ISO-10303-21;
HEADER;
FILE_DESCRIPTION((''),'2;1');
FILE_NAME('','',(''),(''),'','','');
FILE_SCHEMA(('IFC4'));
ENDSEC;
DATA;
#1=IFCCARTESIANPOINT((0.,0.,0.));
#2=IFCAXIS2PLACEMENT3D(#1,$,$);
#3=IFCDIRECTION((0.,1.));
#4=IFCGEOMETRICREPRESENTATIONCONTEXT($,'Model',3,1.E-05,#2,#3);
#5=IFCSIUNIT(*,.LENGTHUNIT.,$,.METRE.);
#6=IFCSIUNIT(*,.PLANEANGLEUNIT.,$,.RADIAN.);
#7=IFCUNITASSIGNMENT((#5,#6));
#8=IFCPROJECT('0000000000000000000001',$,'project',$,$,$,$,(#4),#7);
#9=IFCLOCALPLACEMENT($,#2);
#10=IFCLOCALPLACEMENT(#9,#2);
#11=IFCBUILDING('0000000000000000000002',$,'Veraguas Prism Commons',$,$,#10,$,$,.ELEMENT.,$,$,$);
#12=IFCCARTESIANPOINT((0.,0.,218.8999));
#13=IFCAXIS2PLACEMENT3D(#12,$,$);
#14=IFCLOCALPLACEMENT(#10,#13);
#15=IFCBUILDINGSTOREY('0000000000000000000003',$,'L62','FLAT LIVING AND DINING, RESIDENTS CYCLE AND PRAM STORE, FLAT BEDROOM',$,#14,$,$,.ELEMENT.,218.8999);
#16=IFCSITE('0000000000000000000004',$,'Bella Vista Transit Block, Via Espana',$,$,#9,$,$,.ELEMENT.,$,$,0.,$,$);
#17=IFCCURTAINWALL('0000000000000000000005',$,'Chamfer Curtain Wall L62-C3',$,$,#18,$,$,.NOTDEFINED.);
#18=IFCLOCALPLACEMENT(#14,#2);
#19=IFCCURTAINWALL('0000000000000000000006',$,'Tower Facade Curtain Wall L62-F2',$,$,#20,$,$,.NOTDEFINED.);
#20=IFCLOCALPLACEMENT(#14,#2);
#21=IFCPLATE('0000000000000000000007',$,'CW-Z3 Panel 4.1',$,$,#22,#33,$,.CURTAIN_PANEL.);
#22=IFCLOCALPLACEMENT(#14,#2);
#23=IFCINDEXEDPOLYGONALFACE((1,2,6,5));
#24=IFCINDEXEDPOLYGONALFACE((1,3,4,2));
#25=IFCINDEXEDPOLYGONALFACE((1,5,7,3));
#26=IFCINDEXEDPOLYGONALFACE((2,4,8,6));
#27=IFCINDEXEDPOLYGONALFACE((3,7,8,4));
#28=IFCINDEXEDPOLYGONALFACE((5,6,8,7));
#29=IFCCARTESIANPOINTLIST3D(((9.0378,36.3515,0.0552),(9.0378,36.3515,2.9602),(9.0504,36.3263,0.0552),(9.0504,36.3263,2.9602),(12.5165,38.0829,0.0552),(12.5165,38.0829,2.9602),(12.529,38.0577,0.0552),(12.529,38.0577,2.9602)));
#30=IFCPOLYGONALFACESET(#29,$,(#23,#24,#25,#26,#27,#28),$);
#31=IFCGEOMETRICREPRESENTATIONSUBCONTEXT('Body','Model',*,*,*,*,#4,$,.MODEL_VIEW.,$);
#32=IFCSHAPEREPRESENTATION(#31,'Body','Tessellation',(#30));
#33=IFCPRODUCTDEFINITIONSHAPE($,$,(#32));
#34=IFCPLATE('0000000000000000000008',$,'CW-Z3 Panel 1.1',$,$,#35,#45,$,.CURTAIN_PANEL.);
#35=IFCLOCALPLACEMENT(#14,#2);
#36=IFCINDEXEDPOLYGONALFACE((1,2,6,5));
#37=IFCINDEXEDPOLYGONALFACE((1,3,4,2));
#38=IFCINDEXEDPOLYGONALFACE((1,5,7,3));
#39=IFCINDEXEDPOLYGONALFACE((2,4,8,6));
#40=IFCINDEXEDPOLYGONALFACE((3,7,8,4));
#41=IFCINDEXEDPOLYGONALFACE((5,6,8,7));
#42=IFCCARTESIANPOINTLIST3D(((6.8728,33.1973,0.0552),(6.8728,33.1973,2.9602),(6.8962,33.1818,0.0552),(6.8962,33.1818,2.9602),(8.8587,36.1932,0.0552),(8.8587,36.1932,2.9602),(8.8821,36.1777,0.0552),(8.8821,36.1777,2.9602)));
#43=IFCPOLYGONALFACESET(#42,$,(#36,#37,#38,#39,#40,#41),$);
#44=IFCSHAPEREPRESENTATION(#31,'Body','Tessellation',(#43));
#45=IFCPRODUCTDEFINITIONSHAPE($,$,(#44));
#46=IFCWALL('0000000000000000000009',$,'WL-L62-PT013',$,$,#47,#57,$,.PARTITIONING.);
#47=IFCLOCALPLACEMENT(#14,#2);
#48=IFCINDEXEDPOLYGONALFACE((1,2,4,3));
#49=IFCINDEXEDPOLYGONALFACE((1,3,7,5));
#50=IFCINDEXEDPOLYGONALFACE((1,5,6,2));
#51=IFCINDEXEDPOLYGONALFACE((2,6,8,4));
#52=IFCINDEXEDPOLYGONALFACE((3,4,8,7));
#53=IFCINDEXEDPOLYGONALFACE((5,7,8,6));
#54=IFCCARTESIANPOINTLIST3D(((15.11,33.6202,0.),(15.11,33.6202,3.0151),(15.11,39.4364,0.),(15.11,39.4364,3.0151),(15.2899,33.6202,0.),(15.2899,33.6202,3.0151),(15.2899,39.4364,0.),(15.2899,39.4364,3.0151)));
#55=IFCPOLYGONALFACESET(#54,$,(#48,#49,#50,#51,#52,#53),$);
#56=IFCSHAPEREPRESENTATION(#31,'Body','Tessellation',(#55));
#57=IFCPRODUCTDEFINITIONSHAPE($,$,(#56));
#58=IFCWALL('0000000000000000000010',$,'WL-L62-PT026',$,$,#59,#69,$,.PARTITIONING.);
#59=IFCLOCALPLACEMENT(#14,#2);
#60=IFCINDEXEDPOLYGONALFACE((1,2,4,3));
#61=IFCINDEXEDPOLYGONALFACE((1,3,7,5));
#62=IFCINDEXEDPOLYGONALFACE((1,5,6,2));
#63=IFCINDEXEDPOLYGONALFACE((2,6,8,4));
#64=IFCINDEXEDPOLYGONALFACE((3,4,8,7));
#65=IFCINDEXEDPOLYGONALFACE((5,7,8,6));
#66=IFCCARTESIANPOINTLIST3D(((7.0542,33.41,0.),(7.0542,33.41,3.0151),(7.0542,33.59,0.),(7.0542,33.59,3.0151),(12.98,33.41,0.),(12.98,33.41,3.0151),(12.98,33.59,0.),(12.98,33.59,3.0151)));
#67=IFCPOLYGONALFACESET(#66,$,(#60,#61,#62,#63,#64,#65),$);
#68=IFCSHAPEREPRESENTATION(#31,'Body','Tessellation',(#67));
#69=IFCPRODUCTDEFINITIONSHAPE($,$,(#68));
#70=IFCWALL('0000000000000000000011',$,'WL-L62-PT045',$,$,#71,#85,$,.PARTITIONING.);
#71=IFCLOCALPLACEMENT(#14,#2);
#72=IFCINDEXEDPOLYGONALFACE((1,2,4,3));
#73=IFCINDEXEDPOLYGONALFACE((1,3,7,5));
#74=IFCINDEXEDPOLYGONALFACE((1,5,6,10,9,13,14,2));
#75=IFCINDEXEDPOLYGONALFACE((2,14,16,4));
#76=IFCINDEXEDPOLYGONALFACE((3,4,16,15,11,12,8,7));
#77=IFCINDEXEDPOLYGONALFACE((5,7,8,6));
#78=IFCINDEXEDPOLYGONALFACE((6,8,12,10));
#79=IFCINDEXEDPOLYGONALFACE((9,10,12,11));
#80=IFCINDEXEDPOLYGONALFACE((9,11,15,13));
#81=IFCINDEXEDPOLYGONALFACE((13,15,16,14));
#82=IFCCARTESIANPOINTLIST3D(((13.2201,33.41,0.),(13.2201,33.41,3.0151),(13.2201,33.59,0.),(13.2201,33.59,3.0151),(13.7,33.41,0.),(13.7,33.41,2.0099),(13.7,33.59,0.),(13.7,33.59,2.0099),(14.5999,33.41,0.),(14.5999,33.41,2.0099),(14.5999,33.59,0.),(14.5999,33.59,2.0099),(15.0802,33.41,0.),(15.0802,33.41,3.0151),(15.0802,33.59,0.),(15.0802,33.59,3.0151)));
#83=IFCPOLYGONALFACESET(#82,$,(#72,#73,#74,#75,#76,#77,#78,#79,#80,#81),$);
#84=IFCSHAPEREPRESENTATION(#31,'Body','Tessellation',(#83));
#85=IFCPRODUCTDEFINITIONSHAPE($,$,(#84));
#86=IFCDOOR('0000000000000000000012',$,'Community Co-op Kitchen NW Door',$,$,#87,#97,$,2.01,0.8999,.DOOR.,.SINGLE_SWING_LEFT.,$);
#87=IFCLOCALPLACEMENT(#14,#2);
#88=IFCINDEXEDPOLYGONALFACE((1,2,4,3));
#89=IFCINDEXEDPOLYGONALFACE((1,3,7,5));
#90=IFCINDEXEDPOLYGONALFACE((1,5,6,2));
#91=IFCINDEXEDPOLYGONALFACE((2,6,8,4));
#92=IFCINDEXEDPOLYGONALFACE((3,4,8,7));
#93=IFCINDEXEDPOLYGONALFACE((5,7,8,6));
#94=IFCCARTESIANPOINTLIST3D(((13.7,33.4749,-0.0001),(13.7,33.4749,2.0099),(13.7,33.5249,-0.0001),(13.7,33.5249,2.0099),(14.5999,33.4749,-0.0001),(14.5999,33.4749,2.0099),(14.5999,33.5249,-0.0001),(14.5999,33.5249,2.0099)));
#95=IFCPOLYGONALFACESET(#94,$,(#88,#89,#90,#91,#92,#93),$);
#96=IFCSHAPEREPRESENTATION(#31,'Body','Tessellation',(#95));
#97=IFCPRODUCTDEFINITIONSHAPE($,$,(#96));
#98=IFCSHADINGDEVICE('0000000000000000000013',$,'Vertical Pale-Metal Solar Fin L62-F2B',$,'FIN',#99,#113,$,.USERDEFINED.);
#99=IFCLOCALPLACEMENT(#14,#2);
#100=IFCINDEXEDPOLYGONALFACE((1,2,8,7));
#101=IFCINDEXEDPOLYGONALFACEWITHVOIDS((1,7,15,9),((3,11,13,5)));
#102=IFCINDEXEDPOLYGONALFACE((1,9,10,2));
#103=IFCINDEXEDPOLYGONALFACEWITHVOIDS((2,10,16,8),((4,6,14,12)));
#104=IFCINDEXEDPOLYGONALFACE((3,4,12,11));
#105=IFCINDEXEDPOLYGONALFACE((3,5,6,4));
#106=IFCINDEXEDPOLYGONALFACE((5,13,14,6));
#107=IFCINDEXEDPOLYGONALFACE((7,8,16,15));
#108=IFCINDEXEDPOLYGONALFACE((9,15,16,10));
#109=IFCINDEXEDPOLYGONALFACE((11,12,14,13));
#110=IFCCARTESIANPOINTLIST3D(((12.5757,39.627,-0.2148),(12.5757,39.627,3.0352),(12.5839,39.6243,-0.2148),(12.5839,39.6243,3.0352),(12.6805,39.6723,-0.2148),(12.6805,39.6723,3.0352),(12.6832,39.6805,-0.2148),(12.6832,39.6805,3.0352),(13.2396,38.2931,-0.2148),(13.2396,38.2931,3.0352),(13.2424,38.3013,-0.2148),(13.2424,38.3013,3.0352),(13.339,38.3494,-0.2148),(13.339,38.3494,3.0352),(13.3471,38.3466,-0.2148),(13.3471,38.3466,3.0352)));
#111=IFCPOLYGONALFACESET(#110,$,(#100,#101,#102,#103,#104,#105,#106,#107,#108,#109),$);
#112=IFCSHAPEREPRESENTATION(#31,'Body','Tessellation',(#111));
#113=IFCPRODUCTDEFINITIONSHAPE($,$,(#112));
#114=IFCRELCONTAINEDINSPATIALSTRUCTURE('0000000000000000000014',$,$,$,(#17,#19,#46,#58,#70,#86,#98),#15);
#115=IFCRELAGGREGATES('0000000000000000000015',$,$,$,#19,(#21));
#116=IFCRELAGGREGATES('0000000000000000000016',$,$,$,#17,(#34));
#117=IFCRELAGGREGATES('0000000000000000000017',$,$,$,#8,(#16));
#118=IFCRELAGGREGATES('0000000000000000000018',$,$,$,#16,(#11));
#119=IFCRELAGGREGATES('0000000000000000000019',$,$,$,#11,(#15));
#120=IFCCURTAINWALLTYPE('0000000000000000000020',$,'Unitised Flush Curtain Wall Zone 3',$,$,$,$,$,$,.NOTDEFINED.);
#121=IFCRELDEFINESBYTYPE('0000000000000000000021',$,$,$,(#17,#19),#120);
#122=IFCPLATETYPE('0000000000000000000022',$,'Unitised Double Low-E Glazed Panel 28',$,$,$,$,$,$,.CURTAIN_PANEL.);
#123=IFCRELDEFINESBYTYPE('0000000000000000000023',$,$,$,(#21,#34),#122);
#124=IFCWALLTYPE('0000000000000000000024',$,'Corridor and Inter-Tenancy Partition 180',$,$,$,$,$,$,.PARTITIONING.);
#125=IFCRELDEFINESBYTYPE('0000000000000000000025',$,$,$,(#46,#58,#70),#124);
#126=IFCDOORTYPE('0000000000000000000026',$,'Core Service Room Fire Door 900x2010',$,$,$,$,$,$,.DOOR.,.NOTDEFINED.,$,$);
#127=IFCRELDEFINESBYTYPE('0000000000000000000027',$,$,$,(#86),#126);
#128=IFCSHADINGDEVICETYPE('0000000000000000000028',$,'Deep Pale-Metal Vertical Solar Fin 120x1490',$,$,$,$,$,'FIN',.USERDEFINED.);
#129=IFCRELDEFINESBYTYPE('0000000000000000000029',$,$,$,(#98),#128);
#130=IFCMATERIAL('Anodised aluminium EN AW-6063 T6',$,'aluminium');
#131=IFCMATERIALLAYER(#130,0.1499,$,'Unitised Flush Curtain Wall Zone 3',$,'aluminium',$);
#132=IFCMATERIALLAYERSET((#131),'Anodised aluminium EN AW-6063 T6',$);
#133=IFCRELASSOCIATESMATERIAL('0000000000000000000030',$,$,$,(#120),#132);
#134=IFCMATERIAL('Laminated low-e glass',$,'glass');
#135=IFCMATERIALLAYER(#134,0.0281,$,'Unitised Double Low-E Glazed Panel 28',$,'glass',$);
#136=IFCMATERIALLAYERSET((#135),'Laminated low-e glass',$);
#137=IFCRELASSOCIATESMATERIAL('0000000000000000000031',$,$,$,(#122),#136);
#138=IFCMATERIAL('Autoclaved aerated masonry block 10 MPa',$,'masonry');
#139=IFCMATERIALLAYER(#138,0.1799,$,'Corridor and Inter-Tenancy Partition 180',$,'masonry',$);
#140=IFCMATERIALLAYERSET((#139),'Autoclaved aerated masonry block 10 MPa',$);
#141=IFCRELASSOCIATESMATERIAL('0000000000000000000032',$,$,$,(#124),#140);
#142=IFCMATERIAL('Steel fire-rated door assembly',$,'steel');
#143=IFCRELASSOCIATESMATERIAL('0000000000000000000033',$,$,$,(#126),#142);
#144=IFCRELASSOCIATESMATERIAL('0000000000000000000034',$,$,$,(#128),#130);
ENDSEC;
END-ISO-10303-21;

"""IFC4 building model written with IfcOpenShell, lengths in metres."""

from ifc_helpers import new_model, si_unit, direction, frame, frame_2d, origin, origin_2d, place, context, subcontext, project, spatial, rectangle, hollow_rectangle, extrude, source, transform, mapped, material, layer, layer_set, material_profile, profile_set, type_object, element, fill, aggregate, save


model = new_model("IFC4")

# Units and contexts
model_context = context("Model", 3, precision=1e-05, world=origin(), true_north=direction((0.0, 1.0)))
body_context = subcontext(model_context, "Body", "Model", "MODEL_VIEW")
ifc_project = project(units=[si_unit("LENGTHUNIT", "METRE"), si_unit("PLANEANGLEUNIT", "RADIAN")], contexts=[model_context])

# Site, building, storey
site_placement = place(None, origin())
site = spatial("IfcSite", under=ifc_project, at=site_placement, Name="Bella Vista Transit Block, Via Espana", CompositionType="ELEMENT", RefElevation=0.0)
building_placement = place(site_placement, origin())
building = spatial("IfcBuilding", under=site, at=building_placement, Name="Veraguas Prism Commons", CompositionType="ELEMENT")
storey_placement = place(building_placement, frame((0.0, 0.0, 218.8999)))
storey = spatial("IfcBuildingStorey", under=building, at=storey_placement, Name="L62", Description="FLAT LIVING AND DINING, RESIDENTS CYCLE AND PRAM STORE, FLAT BEDROOM", CompositionType="ELEMENT", Elevation=218.8999)

# Curtain walls
ifc_material_1 = material(Name="Anodised aluminium EN AW-6063 T6", Category="aluminium")
ifc_layer_1 = layer(ifc_material_1, 0.1499, Name="Unitised Flush Curtain Wall Zone 3", Category="aluminium")
ifc_layer_set_1 = layer_set([ifc_layer_1], Name="Anodised aluminium EN AW-6063 T6")
curtain_wall_type = type_object("IfcCurtainWallType", Name="Unitised Flush Curtain Wall Zone 3", PredefinedType="NOTDEFINED", material=ifc_layer_set_1)
curtain_wall_1_placement = place(storey_placement, origin())
curtain_wall_1 = element("IfcCurtainWall", 1, at=curtain_wall_1_placement, inside=storey, type_object=curtain_wall_type, Name="Chamfer Curtain Wall L62-C3", PredefinedType="NOTDEFINED")
curtain_wall_2_placement = place(storey_placement, origin())
curtain_wall_2 = element("IfcCurtainWall", 2, at=curtain_wall_2_placement, inside=storey, type_object=curtain_wall_type, Name="Tower Facade Curtain Wall L62-F2", PredefinedType="NOTDEFINED")

# Plates
ifc_material_2 = material(Name="Laminated low-e glass", Category="glass")
ifc_layer_2 = layer(ifc_material_2, 0.0281, Name="Unitised Double Low-E Glazed Panel 28", Category="glass")
ifc_layer_set_2 = layer_set([ifc_layer_2], Name="Laminated low-e glass")
plate_type = type_object("IfcPlateType", Name="Unitised Double Low-E Glazed Panel 28", PredefinedType="CURTAIN_PANEL", material=ifc_layer_set_2)
shared_shape_1 = source(origin(), body_context, "Body", "SweptSolid", [
    extrude(rectangle(XDim=3.8857, YDim=0.0281, at=origin_2d()), origin(), (0.0, 0.0, 1.0), 2.905),
])
plate_1_placement = place(storey_placement, frame((10.7834, 37.2046, 0.0552), z_axis=(0.0, 0.0, 1.0), x_axis=(-0.895243, -0.445578, 0.0)))
plate_1 = element("IfcPlate", 3, at=plate_1_placement, type_object=plate_type, Name="CW-Z3 Panel 4.1", PredefinedType="CURTAIN_PANEL", context=body_context, shape_type="MappedRepresentation", body=[
    mapped(shared_shape_1, transform((0.0, 0.0, 0.0), scale=1.0)),
])
aggregate(curtain_wall_2, [plate_1])
shared_shape_2 = source(origin(), body_context, "Body", "SweptSolid", [
    extrude(rectangle(XDim=3.5942, YDim=0.0281, at=origin_2d()), origin(), (0.0, 0.0, 1.0), 2.905),
])
plate_2_placement = place(storey_placement, frame((7.8774, 34.6875, 0.0552), z_axis=(0.0, 0.0, 1.0), x_axis=(-0.552512, -0.833505, 0.0)))
plate_2 = element("IfcPlate", 4, at=plate_2_placement, type_object=plate_type, Name="CW-Z3 Panel 1.1", PredefinedType="CURTAIN_PANEL", context=body_context, shape_type="MappedRepresentation", body=[
    mapped(shared_shape_2, transform((0.0, 0.0, 0.0), scale=1.0)),
])
aggregate(curtain_wall_1, [plate_2])

# Walls
ifc_material_3 = material(Name="Autoclaved aerated masonry block 10 MPa", Category="masonry")
ifc_layer_3 = layer(ifc_material_3, 0.1799, Name="Corridor and Inter-Tenancy Partition 180", Category="masonry")
ifc_layer_set_3 = layer_set([ifc_layer_3], Name="Autoclaved aerated masonry block 10 MPa")
wall_type = type_object("IfcWallType", Name="Corridor and Inter-Tenancy Partition 180", PredefinedType="PARTITIONING", material=ifc_layer_set_3)
wall_1_placement = place(storey_placement, frame((15.2, 33.6201, 0.0), z_axis=(0.0, 0.0, 1.0), x_axis=(0.0, 1.0, 0.0)))
element("IfcWall", 5, at=wall_1_placement, inside=storey, type_object=wall_type, Name="WL-L62-PT013", PredefinedType="PARTITIONING", context=body_context, shape_type="SweptSolid", body=[
    extrude(rectangle(XDim=5.8162, YDim=0.1799, at=frame_2d((2.9082, 0.0))), origin(), (0.0, 0.0, 1.0), 3.0151),
])
wall_2_placement = place(storey_placement, frame((12.98, 33.5, 0.0), z_axis=(0.0, 0.0, 1.0), x_axis=(-1.0, 0.0, 0.0)))
element("IfcWall", 6, at=wall_2_placement, inside=storey, type_object=wall_type, Name="WL-L62-PT026", PredefinedType="PARTITIONING", context=body_context, shape_type="SweptSolid", body=[
    extrude(rectangle(XDim=5.9258, YDim=0.1799, at=frame_2d((2.9629, 0.0))), origin(), (0.0, 0.0, 1.0), 3.0151),
])

# Wall, opening, door
wall_3_placement = place(storey_placement, frame((13.22, 33.5, 0.0), z_axis=(0.0, 0.0, 1.0), x_axis=(1.0, 0.0, 0.0)))
wall_3 = element("IfcWall", 7, at=wall_3_placement, inside=storey, type_object=wall_type, Name="WL-L62-PT045", PredefinedType="PARTITIONING", context=body_context, shape_type="SweptSolid", body=[
    extrude(rectangle(XDim=1.8601, YDim=0.1799, at=frame_2d((0.9302, 0.0))), origin(), (0.0, 0.0, 1.0), 3.0151),
])
opening_placement = place(wall_3_placement, frame((0.48, 0.0, 0.0)))
opening = element("IfcOpeningElement", 8, at=opening_placement, cuts=wall_3, PredefinedType="OPENING", context=body_context, shape_type="SweptSolid", body=[
    extrude(rectangle(XDim=0.8999, YDim=2.01, at=frame_2d((0.45, 1.0049))), frame((0.0, 0.0999, 0.0), z_axis=(0.0, -1.0, 0.0), x_axis=(1.0, 0.0, 0.0)), (0.0, 0.0, 1.0), 0.2),
])
ifc_material_4 = material(Name="Steel fire-rated door assembly", Category="steel")
door_type = type_object("IfcDoorType", Name="Core Service Room Fire Door 900x2010", OperationType="NOTDEFINED", PredefinedType="DOOR", material=ifc_material_4)
shared_shape_3 = source(origin(), body_context, "Body", "SweptSolid", [
    extrude(rectangle(XDim=0.8999, YDim=2.01, at=frame_2d((0.45, 1.0049))), frame((0.0, 0.0249, 0.0), z_axis=(0.0, -1.0, 0.0), x_axis=(1.0, 0.0, 0.0)), (0.0, 0.0, 1.0), 0.05),
])
door_placement = place(opening_placement, origin())
door = element("IfcDoor", 9, at=door_placement, inside=storey, type_object=door_type, Name="Community Co-op Kitchen NW Door", OperationType="SINGLE_SWING_LEFT", OverallHeight=2.01, OverallWidth=0.8999, PredefinedType="DOOR", context=body_context, shape_type="MappedRepresentation", body=[
    mapped(shared_shape_3, transform((0.0, 0.0, 0.0), scale=1.0)),
])
fill(opening, door)

# Shading device
ifc_material_profile_1 = material_profile(ifc_material_1, hollow_rectangle(XDim=0.1201, YDim=1.49, WallThickness=0.0061, at=origin_2d()), Name="FIN120X1490X6")
ifc_profile_set_1 = profile_set([ifc_material_profile_1], Name="Anodised aluminium EN AW-6063 T6")
shading_device_type = type_object("IfcShadingDeviceType", Name="Deep Pale-Metal Vertical Solar Fin 120x1490", ElementType="FIN", PredefinedType="USERDEFINED", material=ifc_profile_set_1)
shading_device_placement = place(storey_placement, frame((12.9614, 38.9868, -0.2148), z_axis=(0.0, 0.0, 1.0), x_axis=(-0.895245, -0.445574, 0.0)))
element("IfcShadingDevice", 10, at=shading_device_placement, inside=storey, type_object=shading_device_type, Name="Vertical Pale-Metal Solar Fin L62-F2B", ObjectType="FIN", PredefinedType="USERDEFINED", context=body_context, shape_type="SweptSolid", body=[
    extrude(hollow_rectangle(XDim=0.1201, YDim=1.49, WallThickness=0.0061, at=origin_2d()), origin(), (0.0, 0.0, 1.0), 3.25),
])

save(model, "model.ifc")
